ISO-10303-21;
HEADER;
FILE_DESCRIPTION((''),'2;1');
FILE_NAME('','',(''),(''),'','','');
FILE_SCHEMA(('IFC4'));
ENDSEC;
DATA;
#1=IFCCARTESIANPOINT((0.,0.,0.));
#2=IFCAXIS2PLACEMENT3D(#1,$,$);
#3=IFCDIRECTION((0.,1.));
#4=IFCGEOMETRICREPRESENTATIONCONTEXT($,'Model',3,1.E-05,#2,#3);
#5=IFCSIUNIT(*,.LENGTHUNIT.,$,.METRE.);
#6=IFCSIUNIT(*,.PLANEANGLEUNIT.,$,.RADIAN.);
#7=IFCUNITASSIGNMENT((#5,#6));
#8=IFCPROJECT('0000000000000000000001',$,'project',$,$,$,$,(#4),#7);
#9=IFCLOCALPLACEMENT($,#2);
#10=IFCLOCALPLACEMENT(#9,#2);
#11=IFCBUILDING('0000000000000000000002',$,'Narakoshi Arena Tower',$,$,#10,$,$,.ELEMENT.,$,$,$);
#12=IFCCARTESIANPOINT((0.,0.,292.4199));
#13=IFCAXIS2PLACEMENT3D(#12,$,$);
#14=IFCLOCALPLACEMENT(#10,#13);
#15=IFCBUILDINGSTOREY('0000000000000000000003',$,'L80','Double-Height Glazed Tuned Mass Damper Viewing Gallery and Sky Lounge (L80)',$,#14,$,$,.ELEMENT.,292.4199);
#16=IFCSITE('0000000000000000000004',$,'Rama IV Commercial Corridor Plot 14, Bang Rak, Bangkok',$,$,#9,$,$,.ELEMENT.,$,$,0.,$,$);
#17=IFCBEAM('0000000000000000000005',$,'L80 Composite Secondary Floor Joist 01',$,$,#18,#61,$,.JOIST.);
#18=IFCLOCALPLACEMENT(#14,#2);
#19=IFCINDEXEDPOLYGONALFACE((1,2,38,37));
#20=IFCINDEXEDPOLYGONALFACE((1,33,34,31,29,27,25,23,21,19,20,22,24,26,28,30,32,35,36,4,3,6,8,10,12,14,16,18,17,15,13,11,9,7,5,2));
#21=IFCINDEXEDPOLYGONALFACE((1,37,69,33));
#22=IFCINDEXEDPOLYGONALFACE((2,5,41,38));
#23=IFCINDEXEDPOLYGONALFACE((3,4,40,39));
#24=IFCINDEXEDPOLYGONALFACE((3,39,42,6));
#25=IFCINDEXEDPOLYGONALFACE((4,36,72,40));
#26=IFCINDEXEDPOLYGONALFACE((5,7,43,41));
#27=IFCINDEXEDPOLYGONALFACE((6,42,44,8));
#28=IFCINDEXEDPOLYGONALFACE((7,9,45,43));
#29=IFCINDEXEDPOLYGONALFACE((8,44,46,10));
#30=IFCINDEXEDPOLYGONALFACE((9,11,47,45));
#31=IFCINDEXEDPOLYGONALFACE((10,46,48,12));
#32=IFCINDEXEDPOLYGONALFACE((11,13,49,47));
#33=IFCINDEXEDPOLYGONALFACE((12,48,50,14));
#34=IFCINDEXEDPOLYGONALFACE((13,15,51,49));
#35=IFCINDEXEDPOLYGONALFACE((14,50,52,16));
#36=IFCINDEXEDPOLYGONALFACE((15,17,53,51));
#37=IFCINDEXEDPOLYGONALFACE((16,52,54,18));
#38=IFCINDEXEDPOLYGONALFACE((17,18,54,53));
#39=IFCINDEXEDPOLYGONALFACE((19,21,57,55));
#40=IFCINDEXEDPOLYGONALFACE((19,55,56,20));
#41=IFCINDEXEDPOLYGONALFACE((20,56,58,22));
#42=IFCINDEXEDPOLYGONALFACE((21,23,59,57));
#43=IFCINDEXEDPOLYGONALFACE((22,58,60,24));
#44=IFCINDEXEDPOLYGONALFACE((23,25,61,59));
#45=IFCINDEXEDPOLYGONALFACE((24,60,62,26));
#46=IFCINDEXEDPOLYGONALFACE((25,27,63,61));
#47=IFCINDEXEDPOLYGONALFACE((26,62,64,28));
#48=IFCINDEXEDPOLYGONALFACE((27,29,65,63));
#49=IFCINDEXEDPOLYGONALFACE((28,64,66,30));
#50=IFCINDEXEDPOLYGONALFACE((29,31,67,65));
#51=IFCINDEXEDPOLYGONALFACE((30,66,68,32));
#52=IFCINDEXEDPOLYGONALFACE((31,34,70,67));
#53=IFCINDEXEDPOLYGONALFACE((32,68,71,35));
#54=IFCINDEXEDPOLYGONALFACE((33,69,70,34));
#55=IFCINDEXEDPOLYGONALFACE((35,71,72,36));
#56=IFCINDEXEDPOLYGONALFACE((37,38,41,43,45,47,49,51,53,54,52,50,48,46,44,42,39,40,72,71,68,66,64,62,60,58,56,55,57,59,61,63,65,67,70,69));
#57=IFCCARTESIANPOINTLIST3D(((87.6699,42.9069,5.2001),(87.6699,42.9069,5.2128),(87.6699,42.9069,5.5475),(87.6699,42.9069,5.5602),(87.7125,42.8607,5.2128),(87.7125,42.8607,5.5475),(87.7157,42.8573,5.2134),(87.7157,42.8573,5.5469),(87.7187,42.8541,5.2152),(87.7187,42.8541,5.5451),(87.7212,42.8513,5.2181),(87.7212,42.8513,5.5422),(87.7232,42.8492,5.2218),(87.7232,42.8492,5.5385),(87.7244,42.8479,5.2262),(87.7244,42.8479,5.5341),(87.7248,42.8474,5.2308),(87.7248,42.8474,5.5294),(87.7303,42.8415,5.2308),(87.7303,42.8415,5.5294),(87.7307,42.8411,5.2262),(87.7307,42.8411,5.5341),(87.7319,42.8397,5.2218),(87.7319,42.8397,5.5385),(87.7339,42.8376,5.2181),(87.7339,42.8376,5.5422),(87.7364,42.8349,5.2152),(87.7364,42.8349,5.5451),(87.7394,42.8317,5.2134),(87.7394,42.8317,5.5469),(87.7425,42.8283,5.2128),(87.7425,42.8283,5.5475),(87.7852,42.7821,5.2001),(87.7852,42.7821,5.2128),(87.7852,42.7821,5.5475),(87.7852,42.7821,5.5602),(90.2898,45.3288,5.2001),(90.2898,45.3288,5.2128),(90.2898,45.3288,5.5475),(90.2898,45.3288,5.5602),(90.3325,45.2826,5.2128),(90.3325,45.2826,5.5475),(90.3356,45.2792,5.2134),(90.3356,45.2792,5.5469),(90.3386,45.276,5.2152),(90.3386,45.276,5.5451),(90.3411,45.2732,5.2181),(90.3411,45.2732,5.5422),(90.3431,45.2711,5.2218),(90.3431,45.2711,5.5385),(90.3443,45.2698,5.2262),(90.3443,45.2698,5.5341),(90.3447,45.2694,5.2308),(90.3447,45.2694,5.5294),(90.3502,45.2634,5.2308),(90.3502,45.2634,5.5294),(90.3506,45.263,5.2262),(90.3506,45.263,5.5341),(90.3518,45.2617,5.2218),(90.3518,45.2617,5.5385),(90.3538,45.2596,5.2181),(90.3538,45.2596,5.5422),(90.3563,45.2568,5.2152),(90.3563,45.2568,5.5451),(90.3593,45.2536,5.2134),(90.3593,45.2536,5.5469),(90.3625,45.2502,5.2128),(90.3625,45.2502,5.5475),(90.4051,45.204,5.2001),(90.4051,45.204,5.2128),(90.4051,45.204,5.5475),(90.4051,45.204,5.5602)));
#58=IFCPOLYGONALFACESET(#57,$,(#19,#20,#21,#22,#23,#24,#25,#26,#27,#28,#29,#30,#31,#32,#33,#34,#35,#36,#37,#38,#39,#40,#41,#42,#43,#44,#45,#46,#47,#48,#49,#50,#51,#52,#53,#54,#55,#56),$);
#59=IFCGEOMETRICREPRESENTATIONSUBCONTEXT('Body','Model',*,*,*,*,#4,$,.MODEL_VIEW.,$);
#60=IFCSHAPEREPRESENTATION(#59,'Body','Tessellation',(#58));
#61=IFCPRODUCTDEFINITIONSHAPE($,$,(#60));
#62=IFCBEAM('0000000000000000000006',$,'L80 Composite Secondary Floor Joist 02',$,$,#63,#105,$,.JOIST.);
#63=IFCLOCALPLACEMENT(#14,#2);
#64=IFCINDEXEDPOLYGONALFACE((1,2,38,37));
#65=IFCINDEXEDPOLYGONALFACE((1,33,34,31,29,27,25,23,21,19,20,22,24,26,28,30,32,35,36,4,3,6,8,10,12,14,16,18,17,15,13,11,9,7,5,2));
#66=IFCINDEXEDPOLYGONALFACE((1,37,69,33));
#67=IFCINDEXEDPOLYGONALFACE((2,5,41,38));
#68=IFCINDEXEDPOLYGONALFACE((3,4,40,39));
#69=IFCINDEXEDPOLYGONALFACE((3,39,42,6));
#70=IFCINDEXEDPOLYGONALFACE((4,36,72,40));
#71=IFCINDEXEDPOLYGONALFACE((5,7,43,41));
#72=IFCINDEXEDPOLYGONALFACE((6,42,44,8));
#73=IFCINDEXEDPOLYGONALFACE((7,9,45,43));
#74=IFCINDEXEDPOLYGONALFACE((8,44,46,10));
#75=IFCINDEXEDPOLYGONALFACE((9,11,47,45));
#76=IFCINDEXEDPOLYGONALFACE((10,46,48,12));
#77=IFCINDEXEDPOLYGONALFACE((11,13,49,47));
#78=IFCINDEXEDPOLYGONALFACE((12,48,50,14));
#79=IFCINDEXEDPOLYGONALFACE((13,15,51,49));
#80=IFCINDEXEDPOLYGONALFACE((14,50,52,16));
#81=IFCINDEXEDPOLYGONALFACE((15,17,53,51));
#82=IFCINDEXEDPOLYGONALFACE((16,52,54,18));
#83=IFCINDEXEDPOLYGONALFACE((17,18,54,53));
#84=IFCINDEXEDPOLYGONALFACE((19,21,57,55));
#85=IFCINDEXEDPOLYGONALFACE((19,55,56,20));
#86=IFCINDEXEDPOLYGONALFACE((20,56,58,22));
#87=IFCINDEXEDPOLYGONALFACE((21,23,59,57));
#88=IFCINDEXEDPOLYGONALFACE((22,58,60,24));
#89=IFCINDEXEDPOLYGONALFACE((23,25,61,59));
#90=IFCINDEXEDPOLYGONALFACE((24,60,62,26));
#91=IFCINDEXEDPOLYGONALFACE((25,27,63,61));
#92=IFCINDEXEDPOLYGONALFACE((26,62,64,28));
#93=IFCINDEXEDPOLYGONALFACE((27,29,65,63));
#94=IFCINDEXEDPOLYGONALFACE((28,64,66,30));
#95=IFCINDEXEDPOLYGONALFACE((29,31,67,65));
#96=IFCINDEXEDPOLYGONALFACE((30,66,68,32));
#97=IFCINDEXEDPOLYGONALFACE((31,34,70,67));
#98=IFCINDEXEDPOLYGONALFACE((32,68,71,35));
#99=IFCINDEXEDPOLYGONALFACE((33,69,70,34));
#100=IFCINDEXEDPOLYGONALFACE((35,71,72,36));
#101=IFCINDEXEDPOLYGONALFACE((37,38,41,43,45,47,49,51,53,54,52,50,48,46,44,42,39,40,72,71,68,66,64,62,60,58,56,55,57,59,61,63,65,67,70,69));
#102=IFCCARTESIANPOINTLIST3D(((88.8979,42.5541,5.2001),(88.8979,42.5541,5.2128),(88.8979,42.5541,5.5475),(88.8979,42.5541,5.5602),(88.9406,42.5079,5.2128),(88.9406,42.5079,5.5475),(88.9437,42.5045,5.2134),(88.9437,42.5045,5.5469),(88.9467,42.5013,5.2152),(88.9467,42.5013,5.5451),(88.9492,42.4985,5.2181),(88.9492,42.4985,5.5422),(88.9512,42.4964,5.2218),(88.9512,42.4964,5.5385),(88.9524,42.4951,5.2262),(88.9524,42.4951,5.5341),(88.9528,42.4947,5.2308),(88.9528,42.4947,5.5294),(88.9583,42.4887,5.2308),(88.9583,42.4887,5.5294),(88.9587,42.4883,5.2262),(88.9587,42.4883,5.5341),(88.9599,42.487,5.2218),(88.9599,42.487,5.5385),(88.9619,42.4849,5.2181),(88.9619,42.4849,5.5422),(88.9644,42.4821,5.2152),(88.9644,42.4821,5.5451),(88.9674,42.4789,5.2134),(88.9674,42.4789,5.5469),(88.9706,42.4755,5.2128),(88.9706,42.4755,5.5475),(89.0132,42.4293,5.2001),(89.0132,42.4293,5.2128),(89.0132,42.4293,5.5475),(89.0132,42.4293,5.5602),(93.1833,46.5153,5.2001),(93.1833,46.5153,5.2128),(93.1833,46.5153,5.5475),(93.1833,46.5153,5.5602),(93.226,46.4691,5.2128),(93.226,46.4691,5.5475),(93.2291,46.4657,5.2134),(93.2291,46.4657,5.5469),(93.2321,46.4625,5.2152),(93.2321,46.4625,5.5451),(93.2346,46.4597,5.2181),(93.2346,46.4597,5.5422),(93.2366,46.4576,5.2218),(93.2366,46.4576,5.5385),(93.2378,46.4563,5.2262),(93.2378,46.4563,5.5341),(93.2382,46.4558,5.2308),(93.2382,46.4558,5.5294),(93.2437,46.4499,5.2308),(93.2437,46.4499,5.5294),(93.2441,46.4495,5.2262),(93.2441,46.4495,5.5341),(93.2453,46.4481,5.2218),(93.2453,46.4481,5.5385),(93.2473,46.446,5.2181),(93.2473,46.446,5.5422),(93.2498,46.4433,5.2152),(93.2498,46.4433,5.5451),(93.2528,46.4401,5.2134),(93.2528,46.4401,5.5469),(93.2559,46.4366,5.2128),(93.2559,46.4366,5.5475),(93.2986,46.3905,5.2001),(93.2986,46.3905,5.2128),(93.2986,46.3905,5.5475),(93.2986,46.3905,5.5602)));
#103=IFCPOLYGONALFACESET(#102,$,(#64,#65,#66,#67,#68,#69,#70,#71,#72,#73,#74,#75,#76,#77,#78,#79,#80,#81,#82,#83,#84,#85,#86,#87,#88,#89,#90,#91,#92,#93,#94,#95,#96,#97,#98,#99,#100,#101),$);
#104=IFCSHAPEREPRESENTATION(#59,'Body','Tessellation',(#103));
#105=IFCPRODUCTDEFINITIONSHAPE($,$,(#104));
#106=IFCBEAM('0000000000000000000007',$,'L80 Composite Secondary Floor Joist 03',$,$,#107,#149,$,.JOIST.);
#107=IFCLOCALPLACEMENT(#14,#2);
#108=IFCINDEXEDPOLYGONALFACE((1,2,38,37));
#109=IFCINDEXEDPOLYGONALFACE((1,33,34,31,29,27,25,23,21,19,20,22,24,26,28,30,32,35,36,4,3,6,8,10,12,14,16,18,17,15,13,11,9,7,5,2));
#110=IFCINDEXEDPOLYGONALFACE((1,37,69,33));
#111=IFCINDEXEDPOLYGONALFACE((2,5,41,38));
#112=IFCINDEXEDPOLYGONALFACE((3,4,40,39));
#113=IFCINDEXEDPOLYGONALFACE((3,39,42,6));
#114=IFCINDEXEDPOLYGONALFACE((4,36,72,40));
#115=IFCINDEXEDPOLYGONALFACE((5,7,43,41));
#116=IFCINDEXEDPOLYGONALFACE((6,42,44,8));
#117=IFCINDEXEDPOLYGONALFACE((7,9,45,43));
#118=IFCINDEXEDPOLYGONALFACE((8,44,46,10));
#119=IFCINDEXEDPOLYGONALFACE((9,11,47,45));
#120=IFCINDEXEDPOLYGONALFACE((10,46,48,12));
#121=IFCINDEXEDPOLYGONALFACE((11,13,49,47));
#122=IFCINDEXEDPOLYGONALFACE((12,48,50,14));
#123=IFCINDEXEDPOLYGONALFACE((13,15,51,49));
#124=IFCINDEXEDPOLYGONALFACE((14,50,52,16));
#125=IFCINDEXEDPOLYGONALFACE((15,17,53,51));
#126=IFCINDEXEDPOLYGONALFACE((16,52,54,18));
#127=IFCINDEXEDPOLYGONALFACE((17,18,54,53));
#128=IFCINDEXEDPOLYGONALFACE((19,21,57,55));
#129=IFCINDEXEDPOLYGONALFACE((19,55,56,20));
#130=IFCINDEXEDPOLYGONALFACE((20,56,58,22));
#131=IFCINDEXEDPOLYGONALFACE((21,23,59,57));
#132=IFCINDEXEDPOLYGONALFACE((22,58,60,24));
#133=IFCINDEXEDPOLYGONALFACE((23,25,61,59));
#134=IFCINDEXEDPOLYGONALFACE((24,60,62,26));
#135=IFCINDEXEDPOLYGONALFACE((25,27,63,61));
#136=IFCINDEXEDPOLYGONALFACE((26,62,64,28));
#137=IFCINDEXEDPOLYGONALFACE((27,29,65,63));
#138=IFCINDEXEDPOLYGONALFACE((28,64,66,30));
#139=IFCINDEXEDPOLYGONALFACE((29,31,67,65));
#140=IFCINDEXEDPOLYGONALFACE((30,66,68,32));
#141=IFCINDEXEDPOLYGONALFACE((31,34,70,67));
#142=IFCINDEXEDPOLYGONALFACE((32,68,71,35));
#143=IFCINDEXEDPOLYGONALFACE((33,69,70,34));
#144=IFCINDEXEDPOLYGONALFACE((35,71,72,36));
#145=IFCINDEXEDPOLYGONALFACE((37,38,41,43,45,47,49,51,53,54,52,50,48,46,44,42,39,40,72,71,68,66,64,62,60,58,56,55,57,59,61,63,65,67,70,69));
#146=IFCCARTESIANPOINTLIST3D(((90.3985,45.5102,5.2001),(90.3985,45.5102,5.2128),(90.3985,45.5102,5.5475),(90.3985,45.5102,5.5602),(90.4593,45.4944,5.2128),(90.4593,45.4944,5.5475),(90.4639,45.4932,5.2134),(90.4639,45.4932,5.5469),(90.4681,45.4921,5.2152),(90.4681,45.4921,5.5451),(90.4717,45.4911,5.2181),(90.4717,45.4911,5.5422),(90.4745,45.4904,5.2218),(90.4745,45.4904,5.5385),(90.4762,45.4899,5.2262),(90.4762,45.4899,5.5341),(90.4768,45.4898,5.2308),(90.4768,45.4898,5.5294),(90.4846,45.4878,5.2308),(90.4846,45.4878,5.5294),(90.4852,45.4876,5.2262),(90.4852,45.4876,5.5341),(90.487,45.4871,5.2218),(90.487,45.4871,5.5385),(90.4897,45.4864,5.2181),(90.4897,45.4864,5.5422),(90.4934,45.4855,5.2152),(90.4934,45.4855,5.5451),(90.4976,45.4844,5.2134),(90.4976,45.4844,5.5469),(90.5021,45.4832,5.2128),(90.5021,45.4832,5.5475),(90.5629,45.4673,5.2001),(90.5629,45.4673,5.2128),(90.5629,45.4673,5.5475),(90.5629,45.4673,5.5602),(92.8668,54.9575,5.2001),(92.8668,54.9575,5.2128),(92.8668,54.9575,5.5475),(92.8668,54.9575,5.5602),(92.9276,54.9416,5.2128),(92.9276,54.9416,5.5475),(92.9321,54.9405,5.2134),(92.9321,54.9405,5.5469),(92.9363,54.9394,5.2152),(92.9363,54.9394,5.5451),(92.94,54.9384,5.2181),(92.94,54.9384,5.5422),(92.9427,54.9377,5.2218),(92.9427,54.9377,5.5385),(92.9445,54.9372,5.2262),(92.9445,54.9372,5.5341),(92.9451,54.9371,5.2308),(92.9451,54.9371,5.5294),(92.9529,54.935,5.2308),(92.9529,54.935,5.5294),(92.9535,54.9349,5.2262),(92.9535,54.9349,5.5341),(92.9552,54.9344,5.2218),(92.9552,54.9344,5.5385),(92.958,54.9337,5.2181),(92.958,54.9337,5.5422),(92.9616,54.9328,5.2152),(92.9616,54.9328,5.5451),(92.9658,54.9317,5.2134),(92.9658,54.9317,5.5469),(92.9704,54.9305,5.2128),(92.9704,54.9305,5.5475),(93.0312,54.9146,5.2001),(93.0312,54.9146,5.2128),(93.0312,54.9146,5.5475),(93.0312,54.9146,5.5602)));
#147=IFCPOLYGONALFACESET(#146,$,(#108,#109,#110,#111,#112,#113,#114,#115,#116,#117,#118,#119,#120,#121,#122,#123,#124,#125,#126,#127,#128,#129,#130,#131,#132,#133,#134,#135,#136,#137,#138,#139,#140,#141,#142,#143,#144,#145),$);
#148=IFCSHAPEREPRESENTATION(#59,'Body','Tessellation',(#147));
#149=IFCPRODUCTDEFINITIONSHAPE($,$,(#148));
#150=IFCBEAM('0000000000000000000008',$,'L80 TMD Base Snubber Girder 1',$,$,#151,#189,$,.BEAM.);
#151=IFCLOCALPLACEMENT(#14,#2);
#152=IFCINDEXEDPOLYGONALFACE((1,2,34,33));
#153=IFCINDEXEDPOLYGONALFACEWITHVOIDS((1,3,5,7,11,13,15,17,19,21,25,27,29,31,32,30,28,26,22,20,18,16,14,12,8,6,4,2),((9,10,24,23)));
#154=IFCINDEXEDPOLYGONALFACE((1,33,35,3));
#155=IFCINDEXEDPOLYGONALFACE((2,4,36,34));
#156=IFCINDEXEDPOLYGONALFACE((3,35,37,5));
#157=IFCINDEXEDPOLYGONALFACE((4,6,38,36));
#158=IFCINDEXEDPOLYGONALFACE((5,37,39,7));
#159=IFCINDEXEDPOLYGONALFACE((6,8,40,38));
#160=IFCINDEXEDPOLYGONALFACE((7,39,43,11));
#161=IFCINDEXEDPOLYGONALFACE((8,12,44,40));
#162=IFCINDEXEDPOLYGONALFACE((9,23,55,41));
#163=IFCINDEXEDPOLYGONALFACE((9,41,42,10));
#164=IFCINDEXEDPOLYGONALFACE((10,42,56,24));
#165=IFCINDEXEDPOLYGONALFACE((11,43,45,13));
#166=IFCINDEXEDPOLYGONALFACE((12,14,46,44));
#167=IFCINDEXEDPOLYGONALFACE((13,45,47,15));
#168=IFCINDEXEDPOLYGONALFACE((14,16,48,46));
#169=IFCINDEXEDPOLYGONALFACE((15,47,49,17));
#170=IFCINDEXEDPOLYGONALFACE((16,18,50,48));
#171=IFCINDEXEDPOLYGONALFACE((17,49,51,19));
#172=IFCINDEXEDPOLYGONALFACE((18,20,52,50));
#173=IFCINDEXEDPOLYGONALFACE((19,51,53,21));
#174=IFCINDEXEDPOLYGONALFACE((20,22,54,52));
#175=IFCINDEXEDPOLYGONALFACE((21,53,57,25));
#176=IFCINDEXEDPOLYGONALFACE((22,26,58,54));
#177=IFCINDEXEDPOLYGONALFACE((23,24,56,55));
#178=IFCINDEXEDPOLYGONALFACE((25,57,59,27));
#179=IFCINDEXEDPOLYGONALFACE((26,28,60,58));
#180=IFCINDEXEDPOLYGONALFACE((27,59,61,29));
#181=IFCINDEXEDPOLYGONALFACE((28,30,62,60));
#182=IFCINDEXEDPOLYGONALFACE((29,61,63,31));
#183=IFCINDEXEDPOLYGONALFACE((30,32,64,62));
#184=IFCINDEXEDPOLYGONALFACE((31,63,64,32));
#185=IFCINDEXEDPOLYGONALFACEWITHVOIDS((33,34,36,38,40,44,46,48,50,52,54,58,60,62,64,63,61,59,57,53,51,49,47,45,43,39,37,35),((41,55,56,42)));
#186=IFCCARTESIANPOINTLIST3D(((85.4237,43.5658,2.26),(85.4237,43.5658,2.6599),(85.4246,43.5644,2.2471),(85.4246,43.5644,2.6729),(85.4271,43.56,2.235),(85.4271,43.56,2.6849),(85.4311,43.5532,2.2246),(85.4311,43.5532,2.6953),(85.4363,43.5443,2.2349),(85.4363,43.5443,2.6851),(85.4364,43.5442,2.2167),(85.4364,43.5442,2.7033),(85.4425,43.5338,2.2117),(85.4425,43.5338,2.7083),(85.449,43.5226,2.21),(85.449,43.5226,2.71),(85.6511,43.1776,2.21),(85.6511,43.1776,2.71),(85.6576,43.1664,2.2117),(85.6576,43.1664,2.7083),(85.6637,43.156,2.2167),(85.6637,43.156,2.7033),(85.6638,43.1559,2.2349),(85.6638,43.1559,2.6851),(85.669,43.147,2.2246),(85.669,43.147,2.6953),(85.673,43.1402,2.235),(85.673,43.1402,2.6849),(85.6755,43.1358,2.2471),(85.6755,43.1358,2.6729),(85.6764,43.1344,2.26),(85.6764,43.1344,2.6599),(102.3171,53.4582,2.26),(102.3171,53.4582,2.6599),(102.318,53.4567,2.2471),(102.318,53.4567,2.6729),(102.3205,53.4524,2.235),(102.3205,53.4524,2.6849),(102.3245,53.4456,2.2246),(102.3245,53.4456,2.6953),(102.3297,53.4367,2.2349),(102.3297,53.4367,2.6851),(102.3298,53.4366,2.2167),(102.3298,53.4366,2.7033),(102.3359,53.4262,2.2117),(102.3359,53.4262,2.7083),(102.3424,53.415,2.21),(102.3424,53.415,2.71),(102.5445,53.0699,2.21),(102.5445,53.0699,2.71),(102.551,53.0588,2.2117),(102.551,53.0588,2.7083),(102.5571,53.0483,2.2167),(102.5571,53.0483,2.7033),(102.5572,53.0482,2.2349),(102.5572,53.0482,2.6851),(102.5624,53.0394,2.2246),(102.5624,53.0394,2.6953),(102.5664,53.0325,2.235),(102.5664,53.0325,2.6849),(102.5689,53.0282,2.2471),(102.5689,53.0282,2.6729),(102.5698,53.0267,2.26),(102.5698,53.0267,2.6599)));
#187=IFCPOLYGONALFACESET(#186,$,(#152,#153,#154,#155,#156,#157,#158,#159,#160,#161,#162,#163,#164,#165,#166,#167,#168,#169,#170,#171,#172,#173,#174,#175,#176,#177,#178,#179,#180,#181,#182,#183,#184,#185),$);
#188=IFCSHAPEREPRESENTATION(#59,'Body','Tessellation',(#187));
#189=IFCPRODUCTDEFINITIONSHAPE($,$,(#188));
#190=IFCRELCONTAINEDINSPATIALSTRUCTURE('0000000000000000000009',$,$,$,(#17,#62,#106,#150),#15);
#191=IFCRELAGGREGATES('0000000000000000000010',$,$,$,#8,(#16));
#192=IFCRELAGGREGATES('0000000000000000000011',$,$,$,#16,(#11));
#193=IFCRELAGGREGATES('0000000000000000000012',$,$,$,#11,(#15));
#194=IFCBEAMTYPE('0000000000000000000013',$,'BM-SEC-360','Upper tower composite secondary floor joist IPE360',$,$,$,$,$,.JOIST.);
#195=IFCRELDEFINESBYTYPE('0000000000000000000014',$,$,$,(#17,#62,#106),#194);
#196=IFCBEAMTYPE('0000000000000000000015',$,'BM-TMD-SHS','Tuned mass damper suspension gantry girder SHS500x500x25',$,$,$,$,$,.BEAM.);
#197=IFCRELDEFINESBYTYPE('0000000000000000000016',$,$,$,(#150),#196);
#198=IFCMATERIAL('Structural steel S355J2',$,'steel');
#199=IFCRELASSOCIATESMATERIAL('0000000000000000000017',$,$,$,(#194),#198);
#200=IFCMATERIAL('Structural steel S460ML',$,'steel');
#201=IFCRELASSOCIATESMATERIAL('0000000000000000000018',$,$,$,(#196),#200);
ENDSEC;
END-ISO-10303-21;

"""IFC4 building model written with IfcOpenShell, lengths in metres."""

from ifc_helpers import new_model, si_unit, direction, frame, origin, origin_2d, place, context, subcontext, project, spatial, hollow_rectangle, i_section, extrude, material, material_profile, profile_set, type_object, element, save


model = new_model("IFC4")

# Units and contexts
model_context = context("Model", 3, precision=1e-05, world=origin(), true_north=direction((0.0, 1.0)))
body_context = subcontext(model_context, "Body", "Model", "MODEL_VIEW")
ifc_project = project(units=[si_unit("LENGTHUNIT", "METRE"), si_unit("PLANEANGLEUNIT", "RADIAN")], contexts=[model_context])

# Site, building, storey
site_placement = place(None, origin())
site = spatial("IfcSite", under=ifc_project, at=site_placement, Name="Rama IV Commercial Corridor Plot 14, Bang Rak, Bangkok", CompositionType="ELEMENT", RefElevation=0.0)
building_placement = place(site_placement, origin())
building = spatial("IfcBuilding", under=site, at=building_placement, Name="Narakoshi Arena Tower", CompositionType="ELEMENT")
storey_placement = place(building_placement, frame((0.0, 0.0, 292.4199)))
storey = spatial("IfcBuildingStorey", under=building, at=storey_placement, Name="L80", Description="Double-Height Glazed Tuned Mass Damper Viewing Gallery and Sky Lounge (L80)", CompositionType="ELEMENT", Elevation=292.4199)

# Shared definitions
ifc_material_1 = material(Name="Structural steel S355J2", Category="steel")

# Beams
ifc_material_profile_1 = material_profile(ifc_material_1, i_section(OverallWidth=0.1699, OverallDepth=0.3601, WebThickness=0.0081, FlangeThickness=0.0127, FilletRadius=0.0181, at=origin_2d()), Name="IPE360")
ifc_profile_set_1 = profile_set([ifc_material_profile_1], Name="Structural steel S355J2")
beam_type_1 = type_object("IfcBeamType", Name="BM-SEC-360", Description="Upper tower composite secondary floor joist IPE360", PredefinedType="JOIST", material=ifc_profile_set_1)
beam_1_placement = place(storey_placement, frame((87.7275, 42.8445, 5.3801), z_axis=(0.73431, 0.678814, 0.0), x_axis=(-0.678814, 0.73431, 0.0)))
element("IfcBeam", 1, at=beam_1_placement, inside=storey, type_object=beam_type_1, Name="L80 Composite Secondary Floor Joist 01", PredefinedType="JOIST", context=body_context, shape_type="SweptSolid", body=[
    extrude(i_section(OverallWidth=0.1699, OverallDepth=0.3601, WebThickness=0.0081, FlangeThickness=0.0127, FilletRadius=0.0181, at=origin_2d()), origin(), (0.0, 0.0, 1.0), 3.5679),
])
beam_2_placement = place(storey_placement, frame((88.9556, 42.4917, 5.3801), z_axis=(0.73434, 0.678782, 0.0), x_axis=(-0.678782, 0.73434, 0.0)))
element("IfcBeam", 2, at=beam_2_placement, inside=storey, type_object=beam_type_1, Name="L80 Composite Secondary Floor Joist 02", PredefinedType="JOIST", context=body_context, shape_type="SweptSolid", body=[
    extrude(i_section(OverallWidth=0.1699, OverallDepth=0.3601, WebThickness=0.0081, FlangeThickness=0.0127, FilletRadius=0.0181, at=origin_2d()), origin(), (0.0, 0.0, 1.0), 5.8357),
])
beam_3_placement = place(storey_placement, frame((90.4807, 45.4888, 5.3801), z_axis=(0.252782, 0.967523, 0.0), x_axis=(-0.967523, 0.252782, 0.0)))
element("IfcBeam", 3, at=beam_3_placement, inside=storey, type_object=beam_type_1, Name="L80 Composite Secondary Floor Joist 03", PredefinedType="JOIST", context=body_context, shape_type="SweptSolid", body=[
    extrude(i_section(OverallWidth=0.1699, OverallDepth=0.3601, WebThickness=0.0081, FlangeThickness=0.0127, FilletRadius=0.0181, at=origin_2d()), origin(), (0.0, 0.0, 1.0), 9.7644),
])
ifc_material_2 = material(Name="Structural steel S460ML", Category="steel")
ifc_material_profile_2 = material_profile(ifc_material_2, hollow_rectangle(XDim=0.5, YDim=0.5, WallThickness=0.0249, OuterFilletRadius=0.05, at=origin_2d()), Name="SHS500x500x25")
ifc_profile_set_2 = profile_set([ifc_material_profile_2], Name="Structural steel S460ML")
beam_type_2 = type_object("IfcBeamType", Name="BM-TMD-SHS", Description="Tuned mass damper suspension gantry girder SHS500x500x25", PredefinedType="BEAM", material=ifc_profile_set_2)
beam_4_placement = place(storey_placement, frame((85.55, 43.3501, 2.46), z_axis=(0.862935, 0.505315, 0.0), x_axis=(-0.505315, 0.862935, 0.0)))
element("IfcBeam", 4, at=beam_4_placement, inside=storey, type_object=beam_type_2, Name="L80 TMD Base Snubber Girder 1", PredefinedType="BEAM", context=body_context, shape_type="SweptSolid", body=[
    extrude(hollow_rectangle(XDim=0.5, YDim=0.5, WallThickness=0.0249, OuterFilletRadius=0.05, at=origin_2d()), origin(), (0.0, 0.0, 1.0), 19.5767),
])

save(model, "model.ifc")
